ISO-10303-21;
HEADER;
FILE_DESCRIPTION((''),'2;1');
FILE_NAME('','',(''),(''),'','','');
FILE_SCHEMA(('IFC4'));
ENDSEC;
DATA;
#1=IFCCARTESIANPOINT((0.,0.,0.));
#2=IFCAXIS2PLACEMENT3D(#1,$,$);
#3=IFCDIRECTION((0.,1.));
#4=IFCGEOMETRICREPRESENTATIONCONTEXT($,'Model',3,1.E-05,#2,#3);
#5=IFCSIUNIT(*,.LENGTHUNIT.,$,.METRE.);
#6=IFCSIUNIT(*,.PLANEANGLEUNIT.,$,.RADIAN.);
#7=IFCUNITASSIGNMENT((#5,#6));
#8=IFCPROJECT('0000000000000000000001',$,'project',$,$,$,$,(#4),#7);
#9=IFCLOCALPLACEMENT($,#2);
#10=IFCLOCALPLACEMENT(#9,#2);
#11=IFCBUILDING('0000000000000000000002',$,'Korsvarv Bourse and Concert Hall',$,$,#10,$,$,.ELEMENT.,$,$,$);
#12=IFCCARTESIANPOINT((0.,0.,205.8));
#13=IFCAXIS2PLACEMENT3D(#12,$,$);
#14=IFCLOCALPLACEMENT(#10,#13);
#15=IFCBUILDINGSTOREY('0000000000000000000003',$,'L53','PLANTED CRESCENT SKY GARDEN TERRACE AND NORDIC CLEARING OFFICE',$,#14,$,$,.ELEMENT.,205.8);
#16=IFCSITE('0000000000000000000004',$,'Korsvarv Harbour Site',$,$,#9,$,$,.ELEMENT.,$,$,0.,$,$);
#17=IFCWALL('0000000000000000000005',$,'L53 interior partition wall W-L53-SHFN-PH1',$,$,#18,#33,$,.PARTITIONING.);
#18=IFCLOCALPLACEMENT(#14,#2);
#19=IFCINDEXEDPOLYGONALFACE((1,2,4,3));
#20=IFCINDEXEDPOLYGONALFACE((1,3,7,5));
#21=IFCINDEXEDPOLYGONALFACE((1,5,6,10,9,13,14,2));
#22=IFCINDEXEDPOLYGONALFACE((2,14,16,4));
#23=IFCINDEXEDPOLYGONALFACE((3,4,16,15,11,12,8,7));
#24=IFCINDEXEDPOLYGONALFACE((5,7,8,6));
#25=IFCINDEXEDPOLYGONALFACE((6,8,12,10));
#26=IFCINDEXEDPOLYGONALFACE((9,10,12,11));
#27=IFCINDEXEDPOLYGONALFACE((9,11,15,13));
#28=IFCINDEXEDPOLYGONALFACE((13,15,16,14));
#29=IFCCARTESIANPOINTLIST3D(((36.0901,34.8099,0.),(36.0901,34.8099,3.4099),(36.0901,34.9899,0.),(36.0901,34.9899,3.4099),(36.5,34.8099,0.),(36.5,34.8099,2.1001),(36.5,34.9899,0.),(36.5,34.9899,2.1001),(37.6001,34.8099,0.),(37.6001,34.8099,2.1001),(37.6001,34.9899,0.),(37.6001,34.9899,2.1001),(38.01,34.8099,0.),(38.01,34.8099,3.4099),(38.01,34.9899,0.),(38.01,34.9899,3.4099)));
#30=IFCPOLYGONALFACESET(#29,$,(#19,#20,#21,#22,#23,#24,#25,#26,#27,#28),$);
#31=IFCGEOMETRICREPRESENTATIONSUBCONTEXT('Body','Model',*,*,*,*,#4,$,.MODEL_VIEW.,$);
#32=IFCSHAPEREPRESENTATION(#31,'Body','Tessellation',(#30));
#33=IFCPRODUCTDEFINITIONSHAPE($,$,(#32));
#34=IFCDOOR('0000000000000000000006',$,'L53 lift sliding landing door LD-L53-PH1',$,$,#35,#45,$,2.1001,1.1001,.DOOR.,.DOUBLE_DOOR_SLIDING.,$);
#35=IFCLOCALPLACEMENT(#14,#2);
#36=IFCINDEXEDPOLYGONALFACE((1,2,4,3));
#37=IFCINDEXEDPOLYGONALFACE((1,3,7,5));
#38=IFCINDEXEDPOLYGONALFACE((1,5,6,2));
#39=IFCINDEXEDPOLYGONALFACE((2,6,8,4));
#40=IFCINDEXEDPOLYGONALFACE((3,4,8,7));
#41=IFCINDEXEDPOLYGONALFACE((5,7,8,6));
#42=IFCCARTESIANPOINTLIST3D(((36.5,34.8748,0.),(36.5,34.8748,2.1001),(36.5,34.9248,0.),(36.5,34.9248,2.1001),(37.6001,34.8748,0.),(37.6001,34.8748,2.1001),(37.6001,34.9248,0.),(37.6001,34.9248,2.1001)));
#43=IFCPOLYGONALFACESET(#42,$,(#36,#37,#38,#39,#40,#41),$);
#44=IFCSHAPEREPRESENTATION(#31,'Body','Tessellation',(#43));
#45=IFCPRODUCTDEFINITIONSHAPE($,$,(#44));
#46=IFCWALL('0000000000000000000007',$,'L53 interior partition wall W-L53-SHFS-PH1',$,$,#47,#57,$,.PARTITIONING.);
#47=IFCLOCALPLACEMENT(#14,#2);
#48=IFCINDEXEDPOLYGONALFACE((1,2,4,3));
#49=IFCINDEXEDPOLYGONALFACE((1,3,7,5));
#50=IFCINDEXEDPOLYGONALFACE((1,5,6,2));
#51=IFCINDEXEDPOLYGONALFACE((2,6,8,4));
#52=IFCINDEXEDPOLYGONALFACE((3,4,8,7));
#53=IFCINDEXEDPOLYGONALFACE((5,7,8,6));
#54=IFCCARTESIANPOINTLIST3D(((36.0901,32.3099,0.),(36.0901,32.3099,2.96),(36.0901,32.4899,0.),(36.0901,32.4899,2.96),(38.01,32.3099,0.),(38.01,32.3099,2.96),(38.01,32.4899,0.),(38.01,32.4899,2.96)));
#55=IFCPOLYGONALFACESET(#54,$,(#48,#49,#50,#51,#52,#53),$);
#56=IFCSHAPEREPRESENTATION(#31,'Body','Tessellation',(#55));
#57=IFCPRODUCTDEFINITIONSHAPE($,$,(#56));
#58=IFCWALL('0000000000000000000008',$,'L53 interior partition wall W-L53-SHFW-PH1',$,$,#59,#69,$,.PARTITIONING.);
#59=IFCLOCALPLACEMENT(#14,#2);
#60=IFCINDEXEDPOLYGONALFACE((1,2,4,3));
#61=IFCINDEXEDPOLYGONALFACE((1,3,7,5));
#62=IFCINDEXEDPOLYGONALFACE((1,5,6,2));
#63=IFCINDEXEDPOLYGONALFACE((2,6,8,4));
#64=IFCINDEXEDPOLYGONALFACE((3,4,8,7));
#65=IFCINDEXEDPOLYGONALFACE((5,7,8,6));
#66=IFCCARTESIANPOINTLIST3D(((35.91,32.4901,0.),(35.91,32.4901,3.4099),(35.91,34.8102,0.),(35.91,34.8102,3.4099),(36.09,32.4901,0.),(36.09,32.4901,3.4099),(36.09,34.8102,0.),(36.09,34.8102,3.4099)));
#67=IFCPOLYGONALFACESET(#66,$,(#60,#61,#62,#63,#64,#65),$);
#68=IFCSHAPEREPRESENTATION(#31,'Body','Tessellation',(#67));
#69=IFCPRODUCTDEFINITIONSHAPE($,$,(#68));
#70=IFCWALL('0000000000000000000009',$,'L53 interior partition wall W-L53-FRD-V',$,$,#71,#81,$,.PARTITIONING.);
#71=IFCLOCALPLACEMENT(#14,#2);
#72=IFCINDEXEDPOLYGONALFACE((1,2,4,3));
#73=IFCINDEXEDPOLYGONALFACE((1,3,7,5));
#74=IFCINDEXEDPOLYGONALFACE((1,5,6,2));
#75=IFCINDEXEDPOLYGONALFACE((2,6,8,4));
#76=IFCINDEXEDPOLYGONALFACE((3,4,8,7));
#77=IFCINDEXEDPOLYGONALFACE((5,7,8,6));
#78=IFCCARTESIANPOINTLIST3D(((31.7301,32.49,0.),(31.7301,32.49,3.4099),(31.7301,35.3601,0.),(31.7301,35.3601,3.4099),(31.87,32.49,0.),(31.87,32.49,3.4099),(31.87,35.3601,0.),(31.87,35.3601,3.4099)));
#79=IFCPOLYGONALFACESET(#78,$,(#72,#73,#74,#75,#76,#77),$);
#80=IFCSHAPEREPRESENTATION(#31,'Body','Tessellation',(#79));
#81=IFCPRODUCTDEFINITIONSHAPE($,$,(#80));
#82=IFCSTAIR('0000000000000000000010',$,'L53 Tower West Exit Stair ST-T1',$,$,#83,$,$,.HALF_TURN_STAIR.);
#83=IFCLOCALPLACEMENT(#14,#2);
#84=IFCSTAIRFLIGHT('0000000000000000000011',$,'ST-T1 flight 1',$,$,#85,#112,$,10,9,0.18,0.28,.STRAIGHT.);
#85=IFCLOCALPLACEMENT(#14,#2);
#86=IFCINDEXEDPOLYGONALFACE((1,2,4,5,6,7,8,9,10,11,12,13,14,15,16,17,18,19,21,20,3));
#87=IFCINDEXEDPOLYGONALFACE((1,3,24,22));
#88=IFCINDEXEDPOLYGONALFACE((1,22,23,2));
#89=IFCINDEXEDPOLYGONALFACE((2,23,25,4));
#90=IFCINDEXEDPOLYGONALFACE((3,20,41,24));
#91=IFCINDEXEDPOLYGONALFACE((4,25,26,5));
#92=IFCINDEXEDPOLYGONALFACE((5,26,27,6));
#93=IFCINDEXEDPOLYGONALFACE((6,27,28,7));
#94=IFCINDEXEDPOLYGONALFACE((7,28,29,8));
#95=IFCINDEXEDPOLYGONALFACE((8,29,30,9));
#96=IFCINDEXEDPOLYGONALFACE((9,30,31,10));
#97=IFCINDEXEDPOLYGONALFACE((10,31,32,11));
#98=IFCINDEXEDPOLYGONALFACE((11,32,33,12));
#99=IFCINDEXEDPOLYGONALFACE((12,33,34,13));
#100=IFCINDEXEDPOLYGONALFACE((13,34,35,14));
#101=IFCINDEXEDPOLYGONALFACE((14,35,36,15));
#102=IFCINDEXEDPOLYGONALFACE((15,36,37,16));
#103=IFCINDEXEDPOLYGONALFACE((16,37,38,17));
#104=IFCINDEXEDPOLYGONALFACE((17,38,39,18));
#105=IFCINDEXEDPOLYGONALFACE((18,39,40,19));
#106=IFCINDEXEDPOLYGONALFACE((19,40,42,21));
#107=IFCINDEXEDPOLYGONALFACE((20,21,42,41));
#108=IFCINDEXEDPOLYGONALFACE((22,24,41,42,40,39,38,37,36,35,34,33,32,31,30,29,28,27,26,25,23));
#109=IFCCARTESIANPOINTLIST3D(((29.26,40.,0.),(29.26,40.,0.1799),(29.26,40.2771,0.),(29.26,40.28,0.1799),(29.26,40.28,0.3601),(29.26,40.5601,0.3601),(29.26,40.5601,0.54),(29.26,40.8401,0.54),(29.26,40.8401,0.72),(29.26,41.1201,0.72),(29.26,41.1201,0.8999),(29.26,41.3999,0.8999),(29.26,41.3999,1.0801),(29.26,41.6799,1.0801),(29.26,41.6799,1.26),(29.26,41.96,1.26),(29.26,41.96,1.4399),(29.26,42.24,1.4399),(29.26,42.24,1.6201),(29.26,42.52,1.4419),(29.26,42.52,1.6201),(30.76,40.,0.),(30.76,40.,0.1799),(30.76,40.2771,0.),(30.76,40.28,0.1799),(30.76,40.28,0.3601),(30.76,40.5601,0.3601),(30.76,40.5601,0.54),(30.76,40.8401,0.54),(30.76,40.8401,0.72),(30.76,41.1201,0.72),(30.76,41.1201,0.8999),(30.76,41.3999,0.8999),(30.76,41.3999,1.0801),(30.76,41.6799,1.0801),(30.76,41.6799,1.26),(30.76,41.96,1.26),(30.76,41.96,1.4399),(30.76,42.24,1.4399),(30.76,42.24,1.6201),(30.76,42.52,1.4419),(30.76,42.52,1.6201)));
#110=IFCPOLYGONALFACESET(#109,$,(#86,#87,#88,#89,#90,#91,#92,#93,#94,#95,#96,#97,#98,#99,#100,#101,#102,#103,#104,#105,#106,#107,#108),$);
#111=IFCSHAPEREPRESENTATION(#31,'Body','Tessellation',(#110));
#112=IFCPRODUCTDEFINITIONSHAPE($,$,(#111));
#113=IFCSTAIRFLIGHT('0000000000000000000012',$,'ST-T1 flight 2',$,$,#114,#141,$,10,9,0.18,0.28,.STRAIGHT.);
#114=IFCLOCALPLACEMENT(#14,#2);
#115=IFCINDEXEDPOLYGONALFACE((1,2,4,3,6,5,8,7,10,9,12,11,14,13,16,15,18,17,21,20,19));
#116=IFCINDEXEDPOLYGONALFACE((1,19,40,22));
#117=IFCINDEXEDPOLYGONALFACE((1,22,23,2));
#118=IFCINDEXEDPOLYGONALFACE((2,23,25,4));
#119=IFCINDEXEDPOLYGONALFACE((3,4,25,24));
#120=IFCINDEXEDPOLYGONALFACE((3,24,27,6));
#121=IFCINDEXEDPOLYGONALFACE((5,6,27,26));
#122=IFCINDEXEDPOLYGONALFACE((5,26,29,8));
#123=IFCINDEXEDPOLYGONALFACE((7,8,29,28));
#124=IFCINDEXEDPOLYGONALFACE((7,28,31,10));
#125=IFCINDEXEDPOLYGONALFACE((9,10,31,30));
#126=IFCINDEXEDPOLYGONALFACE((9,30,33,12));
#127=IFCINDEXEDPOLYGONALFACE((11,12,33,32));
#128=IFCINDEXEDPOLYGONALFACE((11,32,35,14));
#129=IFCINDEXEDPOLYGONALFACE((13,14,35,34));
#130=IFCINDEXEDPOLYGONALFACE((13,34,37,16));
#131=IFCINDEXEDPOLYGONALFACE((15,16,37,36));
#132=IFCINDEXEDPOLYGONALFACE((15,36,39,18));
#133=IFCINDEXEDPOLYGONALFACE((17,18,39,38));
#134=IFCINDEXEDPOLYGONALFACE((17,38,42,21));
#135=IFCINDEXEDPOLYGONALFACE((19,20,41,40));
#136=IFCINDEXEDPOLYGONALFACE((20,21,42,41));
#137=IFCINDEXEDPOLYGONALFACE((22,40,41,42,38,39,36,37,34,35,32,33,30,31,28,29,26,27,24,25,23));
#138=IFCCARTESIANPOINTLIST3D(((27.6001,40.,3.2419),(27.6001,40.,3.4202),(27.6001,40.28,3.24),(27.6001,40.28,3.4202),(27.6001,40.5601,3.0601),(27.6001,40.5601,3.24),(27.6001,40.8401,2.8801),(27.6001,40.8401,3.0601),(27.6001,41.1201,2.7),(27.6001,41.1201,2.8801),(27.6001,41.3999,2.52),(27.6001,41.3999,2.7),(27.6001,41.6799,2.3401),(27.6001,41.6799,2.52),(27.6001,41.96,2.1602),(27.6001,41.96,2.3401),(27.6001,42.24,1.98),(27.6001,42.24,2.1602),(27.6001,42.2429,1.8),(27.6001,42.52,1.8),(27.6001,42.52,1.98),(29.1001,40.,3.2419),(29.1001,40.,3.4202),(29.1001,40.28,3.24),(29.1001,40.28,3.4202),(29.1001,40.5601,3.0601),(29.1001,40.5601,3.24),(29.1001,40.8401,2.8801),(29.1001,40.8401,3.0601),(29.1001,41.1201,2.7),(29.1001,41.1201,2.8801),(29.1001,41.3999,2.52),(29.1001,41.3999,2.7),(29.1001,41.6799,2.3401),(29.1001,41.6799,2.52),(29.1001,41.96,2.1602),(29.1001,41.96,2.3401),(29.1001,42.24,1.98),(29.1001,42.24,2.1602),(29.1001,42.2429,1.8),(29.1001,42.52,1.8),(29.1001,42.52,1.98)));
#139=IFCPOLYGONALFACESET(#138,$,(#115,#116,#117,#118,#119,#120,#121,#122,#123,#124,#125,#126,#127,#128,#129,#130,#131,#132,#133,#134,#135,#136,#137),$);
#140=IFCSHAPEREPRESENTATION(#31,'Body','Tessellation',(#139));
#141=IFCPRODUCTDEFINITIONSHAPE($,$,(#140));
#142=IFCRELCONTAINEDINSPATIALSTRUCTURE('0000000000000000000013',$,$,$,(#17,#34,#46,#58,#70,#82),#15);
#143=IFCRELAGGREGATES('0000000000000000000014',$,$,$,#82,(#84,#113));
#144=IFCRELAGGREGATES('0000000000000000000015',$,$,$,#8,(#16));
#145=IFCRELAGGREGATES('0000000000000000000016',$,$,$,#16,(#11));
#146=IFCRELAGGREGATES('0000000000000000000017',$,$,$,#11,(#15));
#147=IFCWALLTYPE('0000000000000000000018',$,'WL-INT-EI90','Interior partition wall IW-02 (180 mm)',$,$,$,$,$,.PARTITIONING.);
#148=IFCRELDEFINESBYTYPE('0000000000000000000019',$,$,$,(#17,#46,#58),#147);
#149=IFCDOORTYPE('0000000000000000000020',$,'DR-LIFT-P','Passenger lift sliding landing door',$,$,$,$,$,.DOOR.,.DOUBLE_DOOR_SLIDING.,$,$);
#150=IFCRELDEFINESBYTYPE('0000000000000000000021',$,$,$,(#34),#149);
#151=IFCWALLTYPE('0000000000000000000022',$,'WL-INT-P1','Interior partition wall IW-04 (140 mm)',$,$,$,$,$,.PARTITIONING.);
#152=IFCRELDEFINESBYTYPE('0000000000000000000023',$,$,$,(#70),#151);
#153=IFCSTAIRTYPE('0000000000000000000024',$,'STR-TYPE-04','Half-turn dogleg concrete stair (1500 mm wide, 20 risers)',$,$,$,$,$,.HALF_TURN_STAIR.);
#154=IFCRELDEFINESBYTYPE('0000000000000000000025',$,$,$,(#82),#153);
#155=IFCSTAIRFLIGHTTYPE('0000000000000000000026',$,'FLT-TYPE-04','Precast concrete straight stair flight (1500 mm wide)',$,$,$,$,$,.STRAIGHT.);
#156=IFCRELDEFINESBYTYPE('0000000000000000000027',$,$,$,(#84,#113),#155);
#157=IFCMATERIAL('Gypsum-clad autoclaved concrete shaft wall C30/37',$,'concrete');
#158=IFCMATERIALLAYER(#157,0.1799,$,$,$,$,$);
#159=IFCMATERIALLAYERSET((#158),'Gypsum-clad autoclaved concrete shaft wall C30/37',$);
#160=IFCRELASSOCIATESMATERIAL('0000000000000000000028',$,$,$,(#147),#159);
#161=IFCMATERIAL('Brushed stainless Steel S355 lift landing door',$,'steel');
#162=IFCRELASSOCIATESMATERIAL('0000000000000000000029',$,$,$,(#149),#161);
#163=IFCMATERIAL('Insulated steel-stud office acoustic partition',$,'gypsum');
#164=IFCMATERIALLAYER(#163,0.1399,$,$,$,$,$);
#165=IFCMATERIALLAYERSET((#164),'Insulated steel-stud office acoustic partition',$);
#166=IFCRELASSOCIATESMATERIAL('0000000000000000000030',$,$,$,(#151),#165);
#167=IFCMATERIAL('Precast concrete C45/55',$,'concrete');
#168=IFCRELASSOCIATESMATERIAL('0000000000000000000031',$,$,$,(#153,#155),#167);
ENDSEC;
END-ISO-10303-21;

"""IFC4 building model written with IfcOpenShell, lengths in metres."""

from ifc_helpers import new_model, si_unit, direction, frame, frame_2d, origin, place, context, subcontext, project, spatial, polyline, rectangle, outline, extrude, material, layer, layer_set, type_object, element, fill, aggregate, save


model = new_model("IFC4")

# Units and contexts
model_context = context("Model", 3, precision=1e-05, world=origin(), true_north=direction((0.0, 1.0)))
body_context = subcontext(model_context, "Body", "Model", "MODEL_VIEW")
ifc_project = project(units=[si_unit("LENGTHUNIT", "METRE"), si_unit("PLANEANGLEUNIT", "RADIAN")], contexts=[model_context])

# Site, building, storey
site_placement = place(None, origin())
site = spatial("IfcSite", under=ifc_project, at=site_placement, Name="Korsvarv Harbour Site", CompositionType="ELEMENT", RefElevation=0.0)
building_placement = place(site_placement, origin())
building = spatial("IfcBuilding", under=site, at=building_placement, Name="Korsvarv Bourse and Concert Hall", CompositionType="ELEMENT")
storey_placement = place(building_placement, frame((0.0, 0.0, 205.8)))
storey = spatial("IfcBuildingStorey", under=building, at=storey_placement, Name="L53", Description="PLANTED CRESCENT SKY GARDEN TERRACE AND NORDIC CLEARING OFFICE", CompositionType="ELEMENT", Elevation=205.8)

# Wall, opening, door
ifc_material_1 = material(Name="Gypsum-clad autoclaved concrete shaft wall C30/37", Category="concrete")
ifc_layer_1 = layer(ifc_material_1, 0.1799)
ifc_layer_set_1 = layer_set([ifc_layer_1], Name="Gypsum-clad autoclaved concrete shaft wall C30/37")
wall_type_1 = type_object("IfcWallType", Name="WL-INT-EI90", Description="Interior partition wall IW-02 (180 mm)", PredefinedType="PARTITIONING", material=ifc_layer_set_1)
wall_1_placement = place(storey_placement, frame((36.0901, 34.8999, 0.0), z_axis=(0.0, 0.0, 1.0), x_axis=(1.0, 0.0, 0.0)))
wall_1 = element("IfcWall", 1, at=wall_1_placement, inside=storey, type_object=wall_type_1, Name="L53 interior partition wall W-L53-SHFN-PH1", PredefinedType="PARTITIONING", context=body_context, shape_type="SweptSolid", body=[
    extrude(rectangle(XDim=1.9199, YDim=0.1799, at=frame_2d((0.96, 0.0))), origin(), (0.0, 0.0, 1.0), 3.4099),
])
opening_1_placement = place(wall_1_placement, frame((0.4099, 0.0, 0.0)))
opening_1 = element("IfcOpeningElement", 2, at=opening_1_placement, cuts=wall_1, PredefinedType="OPENING", context=body_context, shape_type="SweptSolid", body=[
    extrude(rectangle(XDim=1.1001, YDim=2.1001, at=frame_2d((0.55, 1.05))), frame((0.0, 0.1001, 0.0), z_axis=(0.0, -1.0, 0.0), x_axis=(1.0, 0.0, 0.0)), (0.0, 0.0, 1.0), 0.2),
])
ifc_material_2 = material(Name="Brushed stainless Steel S355 lift landing door", Category="steel")
door_type_1 = type_object("IfcDoorType", Name="DR-LIFT-P", Description="Passenger lift sliding landing door", OperationType="DOUBLE_DOOR_SLIDING", PredefinedType="DOOR", material=ifc_material_2)
door_1_placement = place(opening_1_placement, origin())
door_1 = element("IfcDoor", 3, at=door_1_placement, inside=storey, type_object=door_type_1, Name="L53 lift sliding landing door LD-L53-PH1", OperationType="DOUBLE_DOOR_SLIDING", OverallHeight=2.1001, OverallWidth=1.1001, PredefinedType="DOOR", context=body_context, shape_type="SweptSolid", body=[
    extrude(rectangle(XDim=1.1001, YDim=2.1001, at=frame_2d((0.55, 1.05))), frame((0.0, 0.0249, 0.0), z_axis=(0.0, -1.0, 0.0), x_axis=(1.0, 0.0, 0.0)), (0.0, 0.0, 1.0), 0.05),
])
fill(opening_1, door_1)

# Walls
wall_2_placement = place(storey_placement, frame((36.0901, 32.3999, 0.0), z_axis=(0.0, 0.0, 1.0), x_axis=(1.0, 0.0, 0.0)))
element("IfcWall", 4, at=wall_2_placement, inside=storey, type_object=wall_type_1, Name="L53 interior partition wall W-L53-SHFS-PH1", PredefinedType="PARTITIONING", context=body_context, shape_type="SweptSolid", body=[
    extrude(rectangle(XDim=1.9199, YDim=0.1799, at=frame_2d((0.96, 0.0))), origin(), (0.0, 0.0, 1.0), 2.96),
])
wall_3_placement = place(storey_placement, frame((36.0, 32.49, 0.0), z_axis=(0.0, 0.0, 1.0), x_axis=(0.0, 1.0, 0.0)))
element("IfcWall", 5, at=wall_3_placement, inside=storey, type_object=wall_type_1, Name="L53 interior partition wall W-L53-SHFW-PH1", PredefinedType="PARTITIONING", context=body_context, shape_type="SweptSolid", body=[
    extrude(rectangle(XDim=2.3201, YDim=0.1799, at=frame_2d((1.1602, 0.0))), origin(), (0.0, 0.0, 1.0), 3.4099),
])
ifc_material_3 = material(Name="Insulated steel-stud office acoustic partition", Category="gypsum")
ifc_layer_2 = layer(ifc_material_3, 0.1399)
ifc_layer_set_2 = layer_set([ifc_layer_2], Name="Insulated steel-stud office acoustic partition")
wall_type_2 = type_object("IfcWallType", Name="WL-INT-P1", Description="Interior partition wall IW-04 (140 mm)", PredefinedType="PARTITIONING", material=ifc_layer_set_2)
wall_4_placement = place(storey_placement, frame((31.8, 32.49, 0.0), z_axis=(0.0, 0.0, 1.0), x_axis=(0.0, 1.0, 0.0)))
element("IfcWall", 6, at=wall_4_placement, inside=storey, type_object=wall_type_2, Name="L53 interior partition wall W-L53-FRD-V", PredefinedType="PARTITIONING", context=body_context, shape_type="SweptSolid", body=[
    extrude(rectangle(XDim=2.8701, YDim=0.1399, at=frame_2d((1.4351, 0.0))), origin(), (0.0, 0.0, 1.0), 3.4099),
])

# Stair, stair flights
ifc_material_4 = material(Name="Precast concrete C45/55", Category="concrete")
stair_type = type_object("IfcStairType", Name="STR-TYPE-04", Description="Half-turn dogleg concrete stair (1500 mm wide, 20 risers)", PredefinedType="HALF_TURN_STAIR", material=ifc_material_4)
stair_placement = place(storey_placement, origin())
stair = element("IfcStair", 7, at=stair_placement, inside=storey, type_object=stair_type, Name="L53 Tower West Exit Stair ST-T1", PredefinedType="HALF_TURN_STAIR")
stair_flight_type = type_object("IfcStairFlightType", Name="FLT-TYPE-04", Description="Precast concrete straight stair flight (1500 mm wide)", PredefinedType="STRAIGHT", material=ifc_material_4)
stair_flight_1_placement = place(storey_placement, frame((30.01, 40.0, 0.0), z_axis=(0.0, 0.0, 1.0), x_axis=(0.0, 1.0, 0.0)))
stair_flight_1 = element("IfcStairFlight", 8, at=stair_flight_1_placement, type_object=stair_flight_type, Name="ST-T1 flight 1", NumberOfRisers=10, NumberOfTreads=9, PredefinedType="STRAIGHT", RiserHeight=0.18, TreadLength=0.28, context=body_context, shape_type="SweptSolid", body=[
    extrude(outline(polyline([(0.0, 0.0), (0.0, 0.1799), (0.28, 0.1799), (0.28, 0.3601), (0.5601, 0.3601), (0.5601, 0.54), (0.8401, 0.54), (0.8401, 0.72), (1.1201, 0.72), (1.1201, 0.8999), (1.3999, 0.8999), (1.3999, 1.0801), (1.6799, 1.0801), (1.6799, 1.26), (1.96, 1.26), (1.96, 1.4399), (2.24, 1.4399), (2.24, 1.6201), (2.52, 1.6201), (2.52, 1.8), (2.52, 1.4419), (0.2771, 0.0), (0.0, 0.0)])), frame((0.0, 0.75, 0.0), z_axis=(0.0, -1.0, 0.0), x_axis=(1.0, 0.0, 0.0)), (0.0, 0.0, 1.0), 1.5),
])
stair_flight_2_placement = place(storey_placement, frame((28.3501, 42.52, 1.8), z_axis=(0.0, 0.0, 1.0), x_axis=(0.0, -1.0, 0.0)))
stair_flight_2 = element("IfcStairFlight", 9, at=stair_flight_2_placement, type_object=stair_flight_type, Name="ST-T1 flight 2", NumberOfRisers=10, NumberOfTreads=9, PredefinedType="STRAIGHT", RiserHeight=0.18, TreadLength=0.28, context=body_context, shape_type="SweptSolid", body=[
    extrude(outline(polyline([(0.0, 0.0), (0.0, 0.1799), (0.28, 0.1799), (0.28, 0.3601), (0.5601, 0.3601), (0.5601, 0.54), (0.8401, 0.54), (0.8401, 0.72), (1.1201, 0.72), (1.1201, 0.8999), (1.3999, 0.8999), (1.3999, 1.0801), (1.6799, 1.0801), (1.6799, 1.26), (1.96, 1.26), (1.96, 1.4399), (2.24, 1.4399), (2.24, 1.6201), (2.52, 1.6201), (2.52, 1.8), (2.52, 1.4419), (0.2771, 0.0), (0.0, 0.0)])), frame((0.0, 0.75, 0.0), z_axis=(0.0, -1.0, 0.0), x_axis=(1.0, 0.0, 0.0)), (0.0, 0.0, 1.0), 1.5),
])
aggregate(stair, [stair_flight_1, stair_flight_2])

save(model, "model.ifc")
